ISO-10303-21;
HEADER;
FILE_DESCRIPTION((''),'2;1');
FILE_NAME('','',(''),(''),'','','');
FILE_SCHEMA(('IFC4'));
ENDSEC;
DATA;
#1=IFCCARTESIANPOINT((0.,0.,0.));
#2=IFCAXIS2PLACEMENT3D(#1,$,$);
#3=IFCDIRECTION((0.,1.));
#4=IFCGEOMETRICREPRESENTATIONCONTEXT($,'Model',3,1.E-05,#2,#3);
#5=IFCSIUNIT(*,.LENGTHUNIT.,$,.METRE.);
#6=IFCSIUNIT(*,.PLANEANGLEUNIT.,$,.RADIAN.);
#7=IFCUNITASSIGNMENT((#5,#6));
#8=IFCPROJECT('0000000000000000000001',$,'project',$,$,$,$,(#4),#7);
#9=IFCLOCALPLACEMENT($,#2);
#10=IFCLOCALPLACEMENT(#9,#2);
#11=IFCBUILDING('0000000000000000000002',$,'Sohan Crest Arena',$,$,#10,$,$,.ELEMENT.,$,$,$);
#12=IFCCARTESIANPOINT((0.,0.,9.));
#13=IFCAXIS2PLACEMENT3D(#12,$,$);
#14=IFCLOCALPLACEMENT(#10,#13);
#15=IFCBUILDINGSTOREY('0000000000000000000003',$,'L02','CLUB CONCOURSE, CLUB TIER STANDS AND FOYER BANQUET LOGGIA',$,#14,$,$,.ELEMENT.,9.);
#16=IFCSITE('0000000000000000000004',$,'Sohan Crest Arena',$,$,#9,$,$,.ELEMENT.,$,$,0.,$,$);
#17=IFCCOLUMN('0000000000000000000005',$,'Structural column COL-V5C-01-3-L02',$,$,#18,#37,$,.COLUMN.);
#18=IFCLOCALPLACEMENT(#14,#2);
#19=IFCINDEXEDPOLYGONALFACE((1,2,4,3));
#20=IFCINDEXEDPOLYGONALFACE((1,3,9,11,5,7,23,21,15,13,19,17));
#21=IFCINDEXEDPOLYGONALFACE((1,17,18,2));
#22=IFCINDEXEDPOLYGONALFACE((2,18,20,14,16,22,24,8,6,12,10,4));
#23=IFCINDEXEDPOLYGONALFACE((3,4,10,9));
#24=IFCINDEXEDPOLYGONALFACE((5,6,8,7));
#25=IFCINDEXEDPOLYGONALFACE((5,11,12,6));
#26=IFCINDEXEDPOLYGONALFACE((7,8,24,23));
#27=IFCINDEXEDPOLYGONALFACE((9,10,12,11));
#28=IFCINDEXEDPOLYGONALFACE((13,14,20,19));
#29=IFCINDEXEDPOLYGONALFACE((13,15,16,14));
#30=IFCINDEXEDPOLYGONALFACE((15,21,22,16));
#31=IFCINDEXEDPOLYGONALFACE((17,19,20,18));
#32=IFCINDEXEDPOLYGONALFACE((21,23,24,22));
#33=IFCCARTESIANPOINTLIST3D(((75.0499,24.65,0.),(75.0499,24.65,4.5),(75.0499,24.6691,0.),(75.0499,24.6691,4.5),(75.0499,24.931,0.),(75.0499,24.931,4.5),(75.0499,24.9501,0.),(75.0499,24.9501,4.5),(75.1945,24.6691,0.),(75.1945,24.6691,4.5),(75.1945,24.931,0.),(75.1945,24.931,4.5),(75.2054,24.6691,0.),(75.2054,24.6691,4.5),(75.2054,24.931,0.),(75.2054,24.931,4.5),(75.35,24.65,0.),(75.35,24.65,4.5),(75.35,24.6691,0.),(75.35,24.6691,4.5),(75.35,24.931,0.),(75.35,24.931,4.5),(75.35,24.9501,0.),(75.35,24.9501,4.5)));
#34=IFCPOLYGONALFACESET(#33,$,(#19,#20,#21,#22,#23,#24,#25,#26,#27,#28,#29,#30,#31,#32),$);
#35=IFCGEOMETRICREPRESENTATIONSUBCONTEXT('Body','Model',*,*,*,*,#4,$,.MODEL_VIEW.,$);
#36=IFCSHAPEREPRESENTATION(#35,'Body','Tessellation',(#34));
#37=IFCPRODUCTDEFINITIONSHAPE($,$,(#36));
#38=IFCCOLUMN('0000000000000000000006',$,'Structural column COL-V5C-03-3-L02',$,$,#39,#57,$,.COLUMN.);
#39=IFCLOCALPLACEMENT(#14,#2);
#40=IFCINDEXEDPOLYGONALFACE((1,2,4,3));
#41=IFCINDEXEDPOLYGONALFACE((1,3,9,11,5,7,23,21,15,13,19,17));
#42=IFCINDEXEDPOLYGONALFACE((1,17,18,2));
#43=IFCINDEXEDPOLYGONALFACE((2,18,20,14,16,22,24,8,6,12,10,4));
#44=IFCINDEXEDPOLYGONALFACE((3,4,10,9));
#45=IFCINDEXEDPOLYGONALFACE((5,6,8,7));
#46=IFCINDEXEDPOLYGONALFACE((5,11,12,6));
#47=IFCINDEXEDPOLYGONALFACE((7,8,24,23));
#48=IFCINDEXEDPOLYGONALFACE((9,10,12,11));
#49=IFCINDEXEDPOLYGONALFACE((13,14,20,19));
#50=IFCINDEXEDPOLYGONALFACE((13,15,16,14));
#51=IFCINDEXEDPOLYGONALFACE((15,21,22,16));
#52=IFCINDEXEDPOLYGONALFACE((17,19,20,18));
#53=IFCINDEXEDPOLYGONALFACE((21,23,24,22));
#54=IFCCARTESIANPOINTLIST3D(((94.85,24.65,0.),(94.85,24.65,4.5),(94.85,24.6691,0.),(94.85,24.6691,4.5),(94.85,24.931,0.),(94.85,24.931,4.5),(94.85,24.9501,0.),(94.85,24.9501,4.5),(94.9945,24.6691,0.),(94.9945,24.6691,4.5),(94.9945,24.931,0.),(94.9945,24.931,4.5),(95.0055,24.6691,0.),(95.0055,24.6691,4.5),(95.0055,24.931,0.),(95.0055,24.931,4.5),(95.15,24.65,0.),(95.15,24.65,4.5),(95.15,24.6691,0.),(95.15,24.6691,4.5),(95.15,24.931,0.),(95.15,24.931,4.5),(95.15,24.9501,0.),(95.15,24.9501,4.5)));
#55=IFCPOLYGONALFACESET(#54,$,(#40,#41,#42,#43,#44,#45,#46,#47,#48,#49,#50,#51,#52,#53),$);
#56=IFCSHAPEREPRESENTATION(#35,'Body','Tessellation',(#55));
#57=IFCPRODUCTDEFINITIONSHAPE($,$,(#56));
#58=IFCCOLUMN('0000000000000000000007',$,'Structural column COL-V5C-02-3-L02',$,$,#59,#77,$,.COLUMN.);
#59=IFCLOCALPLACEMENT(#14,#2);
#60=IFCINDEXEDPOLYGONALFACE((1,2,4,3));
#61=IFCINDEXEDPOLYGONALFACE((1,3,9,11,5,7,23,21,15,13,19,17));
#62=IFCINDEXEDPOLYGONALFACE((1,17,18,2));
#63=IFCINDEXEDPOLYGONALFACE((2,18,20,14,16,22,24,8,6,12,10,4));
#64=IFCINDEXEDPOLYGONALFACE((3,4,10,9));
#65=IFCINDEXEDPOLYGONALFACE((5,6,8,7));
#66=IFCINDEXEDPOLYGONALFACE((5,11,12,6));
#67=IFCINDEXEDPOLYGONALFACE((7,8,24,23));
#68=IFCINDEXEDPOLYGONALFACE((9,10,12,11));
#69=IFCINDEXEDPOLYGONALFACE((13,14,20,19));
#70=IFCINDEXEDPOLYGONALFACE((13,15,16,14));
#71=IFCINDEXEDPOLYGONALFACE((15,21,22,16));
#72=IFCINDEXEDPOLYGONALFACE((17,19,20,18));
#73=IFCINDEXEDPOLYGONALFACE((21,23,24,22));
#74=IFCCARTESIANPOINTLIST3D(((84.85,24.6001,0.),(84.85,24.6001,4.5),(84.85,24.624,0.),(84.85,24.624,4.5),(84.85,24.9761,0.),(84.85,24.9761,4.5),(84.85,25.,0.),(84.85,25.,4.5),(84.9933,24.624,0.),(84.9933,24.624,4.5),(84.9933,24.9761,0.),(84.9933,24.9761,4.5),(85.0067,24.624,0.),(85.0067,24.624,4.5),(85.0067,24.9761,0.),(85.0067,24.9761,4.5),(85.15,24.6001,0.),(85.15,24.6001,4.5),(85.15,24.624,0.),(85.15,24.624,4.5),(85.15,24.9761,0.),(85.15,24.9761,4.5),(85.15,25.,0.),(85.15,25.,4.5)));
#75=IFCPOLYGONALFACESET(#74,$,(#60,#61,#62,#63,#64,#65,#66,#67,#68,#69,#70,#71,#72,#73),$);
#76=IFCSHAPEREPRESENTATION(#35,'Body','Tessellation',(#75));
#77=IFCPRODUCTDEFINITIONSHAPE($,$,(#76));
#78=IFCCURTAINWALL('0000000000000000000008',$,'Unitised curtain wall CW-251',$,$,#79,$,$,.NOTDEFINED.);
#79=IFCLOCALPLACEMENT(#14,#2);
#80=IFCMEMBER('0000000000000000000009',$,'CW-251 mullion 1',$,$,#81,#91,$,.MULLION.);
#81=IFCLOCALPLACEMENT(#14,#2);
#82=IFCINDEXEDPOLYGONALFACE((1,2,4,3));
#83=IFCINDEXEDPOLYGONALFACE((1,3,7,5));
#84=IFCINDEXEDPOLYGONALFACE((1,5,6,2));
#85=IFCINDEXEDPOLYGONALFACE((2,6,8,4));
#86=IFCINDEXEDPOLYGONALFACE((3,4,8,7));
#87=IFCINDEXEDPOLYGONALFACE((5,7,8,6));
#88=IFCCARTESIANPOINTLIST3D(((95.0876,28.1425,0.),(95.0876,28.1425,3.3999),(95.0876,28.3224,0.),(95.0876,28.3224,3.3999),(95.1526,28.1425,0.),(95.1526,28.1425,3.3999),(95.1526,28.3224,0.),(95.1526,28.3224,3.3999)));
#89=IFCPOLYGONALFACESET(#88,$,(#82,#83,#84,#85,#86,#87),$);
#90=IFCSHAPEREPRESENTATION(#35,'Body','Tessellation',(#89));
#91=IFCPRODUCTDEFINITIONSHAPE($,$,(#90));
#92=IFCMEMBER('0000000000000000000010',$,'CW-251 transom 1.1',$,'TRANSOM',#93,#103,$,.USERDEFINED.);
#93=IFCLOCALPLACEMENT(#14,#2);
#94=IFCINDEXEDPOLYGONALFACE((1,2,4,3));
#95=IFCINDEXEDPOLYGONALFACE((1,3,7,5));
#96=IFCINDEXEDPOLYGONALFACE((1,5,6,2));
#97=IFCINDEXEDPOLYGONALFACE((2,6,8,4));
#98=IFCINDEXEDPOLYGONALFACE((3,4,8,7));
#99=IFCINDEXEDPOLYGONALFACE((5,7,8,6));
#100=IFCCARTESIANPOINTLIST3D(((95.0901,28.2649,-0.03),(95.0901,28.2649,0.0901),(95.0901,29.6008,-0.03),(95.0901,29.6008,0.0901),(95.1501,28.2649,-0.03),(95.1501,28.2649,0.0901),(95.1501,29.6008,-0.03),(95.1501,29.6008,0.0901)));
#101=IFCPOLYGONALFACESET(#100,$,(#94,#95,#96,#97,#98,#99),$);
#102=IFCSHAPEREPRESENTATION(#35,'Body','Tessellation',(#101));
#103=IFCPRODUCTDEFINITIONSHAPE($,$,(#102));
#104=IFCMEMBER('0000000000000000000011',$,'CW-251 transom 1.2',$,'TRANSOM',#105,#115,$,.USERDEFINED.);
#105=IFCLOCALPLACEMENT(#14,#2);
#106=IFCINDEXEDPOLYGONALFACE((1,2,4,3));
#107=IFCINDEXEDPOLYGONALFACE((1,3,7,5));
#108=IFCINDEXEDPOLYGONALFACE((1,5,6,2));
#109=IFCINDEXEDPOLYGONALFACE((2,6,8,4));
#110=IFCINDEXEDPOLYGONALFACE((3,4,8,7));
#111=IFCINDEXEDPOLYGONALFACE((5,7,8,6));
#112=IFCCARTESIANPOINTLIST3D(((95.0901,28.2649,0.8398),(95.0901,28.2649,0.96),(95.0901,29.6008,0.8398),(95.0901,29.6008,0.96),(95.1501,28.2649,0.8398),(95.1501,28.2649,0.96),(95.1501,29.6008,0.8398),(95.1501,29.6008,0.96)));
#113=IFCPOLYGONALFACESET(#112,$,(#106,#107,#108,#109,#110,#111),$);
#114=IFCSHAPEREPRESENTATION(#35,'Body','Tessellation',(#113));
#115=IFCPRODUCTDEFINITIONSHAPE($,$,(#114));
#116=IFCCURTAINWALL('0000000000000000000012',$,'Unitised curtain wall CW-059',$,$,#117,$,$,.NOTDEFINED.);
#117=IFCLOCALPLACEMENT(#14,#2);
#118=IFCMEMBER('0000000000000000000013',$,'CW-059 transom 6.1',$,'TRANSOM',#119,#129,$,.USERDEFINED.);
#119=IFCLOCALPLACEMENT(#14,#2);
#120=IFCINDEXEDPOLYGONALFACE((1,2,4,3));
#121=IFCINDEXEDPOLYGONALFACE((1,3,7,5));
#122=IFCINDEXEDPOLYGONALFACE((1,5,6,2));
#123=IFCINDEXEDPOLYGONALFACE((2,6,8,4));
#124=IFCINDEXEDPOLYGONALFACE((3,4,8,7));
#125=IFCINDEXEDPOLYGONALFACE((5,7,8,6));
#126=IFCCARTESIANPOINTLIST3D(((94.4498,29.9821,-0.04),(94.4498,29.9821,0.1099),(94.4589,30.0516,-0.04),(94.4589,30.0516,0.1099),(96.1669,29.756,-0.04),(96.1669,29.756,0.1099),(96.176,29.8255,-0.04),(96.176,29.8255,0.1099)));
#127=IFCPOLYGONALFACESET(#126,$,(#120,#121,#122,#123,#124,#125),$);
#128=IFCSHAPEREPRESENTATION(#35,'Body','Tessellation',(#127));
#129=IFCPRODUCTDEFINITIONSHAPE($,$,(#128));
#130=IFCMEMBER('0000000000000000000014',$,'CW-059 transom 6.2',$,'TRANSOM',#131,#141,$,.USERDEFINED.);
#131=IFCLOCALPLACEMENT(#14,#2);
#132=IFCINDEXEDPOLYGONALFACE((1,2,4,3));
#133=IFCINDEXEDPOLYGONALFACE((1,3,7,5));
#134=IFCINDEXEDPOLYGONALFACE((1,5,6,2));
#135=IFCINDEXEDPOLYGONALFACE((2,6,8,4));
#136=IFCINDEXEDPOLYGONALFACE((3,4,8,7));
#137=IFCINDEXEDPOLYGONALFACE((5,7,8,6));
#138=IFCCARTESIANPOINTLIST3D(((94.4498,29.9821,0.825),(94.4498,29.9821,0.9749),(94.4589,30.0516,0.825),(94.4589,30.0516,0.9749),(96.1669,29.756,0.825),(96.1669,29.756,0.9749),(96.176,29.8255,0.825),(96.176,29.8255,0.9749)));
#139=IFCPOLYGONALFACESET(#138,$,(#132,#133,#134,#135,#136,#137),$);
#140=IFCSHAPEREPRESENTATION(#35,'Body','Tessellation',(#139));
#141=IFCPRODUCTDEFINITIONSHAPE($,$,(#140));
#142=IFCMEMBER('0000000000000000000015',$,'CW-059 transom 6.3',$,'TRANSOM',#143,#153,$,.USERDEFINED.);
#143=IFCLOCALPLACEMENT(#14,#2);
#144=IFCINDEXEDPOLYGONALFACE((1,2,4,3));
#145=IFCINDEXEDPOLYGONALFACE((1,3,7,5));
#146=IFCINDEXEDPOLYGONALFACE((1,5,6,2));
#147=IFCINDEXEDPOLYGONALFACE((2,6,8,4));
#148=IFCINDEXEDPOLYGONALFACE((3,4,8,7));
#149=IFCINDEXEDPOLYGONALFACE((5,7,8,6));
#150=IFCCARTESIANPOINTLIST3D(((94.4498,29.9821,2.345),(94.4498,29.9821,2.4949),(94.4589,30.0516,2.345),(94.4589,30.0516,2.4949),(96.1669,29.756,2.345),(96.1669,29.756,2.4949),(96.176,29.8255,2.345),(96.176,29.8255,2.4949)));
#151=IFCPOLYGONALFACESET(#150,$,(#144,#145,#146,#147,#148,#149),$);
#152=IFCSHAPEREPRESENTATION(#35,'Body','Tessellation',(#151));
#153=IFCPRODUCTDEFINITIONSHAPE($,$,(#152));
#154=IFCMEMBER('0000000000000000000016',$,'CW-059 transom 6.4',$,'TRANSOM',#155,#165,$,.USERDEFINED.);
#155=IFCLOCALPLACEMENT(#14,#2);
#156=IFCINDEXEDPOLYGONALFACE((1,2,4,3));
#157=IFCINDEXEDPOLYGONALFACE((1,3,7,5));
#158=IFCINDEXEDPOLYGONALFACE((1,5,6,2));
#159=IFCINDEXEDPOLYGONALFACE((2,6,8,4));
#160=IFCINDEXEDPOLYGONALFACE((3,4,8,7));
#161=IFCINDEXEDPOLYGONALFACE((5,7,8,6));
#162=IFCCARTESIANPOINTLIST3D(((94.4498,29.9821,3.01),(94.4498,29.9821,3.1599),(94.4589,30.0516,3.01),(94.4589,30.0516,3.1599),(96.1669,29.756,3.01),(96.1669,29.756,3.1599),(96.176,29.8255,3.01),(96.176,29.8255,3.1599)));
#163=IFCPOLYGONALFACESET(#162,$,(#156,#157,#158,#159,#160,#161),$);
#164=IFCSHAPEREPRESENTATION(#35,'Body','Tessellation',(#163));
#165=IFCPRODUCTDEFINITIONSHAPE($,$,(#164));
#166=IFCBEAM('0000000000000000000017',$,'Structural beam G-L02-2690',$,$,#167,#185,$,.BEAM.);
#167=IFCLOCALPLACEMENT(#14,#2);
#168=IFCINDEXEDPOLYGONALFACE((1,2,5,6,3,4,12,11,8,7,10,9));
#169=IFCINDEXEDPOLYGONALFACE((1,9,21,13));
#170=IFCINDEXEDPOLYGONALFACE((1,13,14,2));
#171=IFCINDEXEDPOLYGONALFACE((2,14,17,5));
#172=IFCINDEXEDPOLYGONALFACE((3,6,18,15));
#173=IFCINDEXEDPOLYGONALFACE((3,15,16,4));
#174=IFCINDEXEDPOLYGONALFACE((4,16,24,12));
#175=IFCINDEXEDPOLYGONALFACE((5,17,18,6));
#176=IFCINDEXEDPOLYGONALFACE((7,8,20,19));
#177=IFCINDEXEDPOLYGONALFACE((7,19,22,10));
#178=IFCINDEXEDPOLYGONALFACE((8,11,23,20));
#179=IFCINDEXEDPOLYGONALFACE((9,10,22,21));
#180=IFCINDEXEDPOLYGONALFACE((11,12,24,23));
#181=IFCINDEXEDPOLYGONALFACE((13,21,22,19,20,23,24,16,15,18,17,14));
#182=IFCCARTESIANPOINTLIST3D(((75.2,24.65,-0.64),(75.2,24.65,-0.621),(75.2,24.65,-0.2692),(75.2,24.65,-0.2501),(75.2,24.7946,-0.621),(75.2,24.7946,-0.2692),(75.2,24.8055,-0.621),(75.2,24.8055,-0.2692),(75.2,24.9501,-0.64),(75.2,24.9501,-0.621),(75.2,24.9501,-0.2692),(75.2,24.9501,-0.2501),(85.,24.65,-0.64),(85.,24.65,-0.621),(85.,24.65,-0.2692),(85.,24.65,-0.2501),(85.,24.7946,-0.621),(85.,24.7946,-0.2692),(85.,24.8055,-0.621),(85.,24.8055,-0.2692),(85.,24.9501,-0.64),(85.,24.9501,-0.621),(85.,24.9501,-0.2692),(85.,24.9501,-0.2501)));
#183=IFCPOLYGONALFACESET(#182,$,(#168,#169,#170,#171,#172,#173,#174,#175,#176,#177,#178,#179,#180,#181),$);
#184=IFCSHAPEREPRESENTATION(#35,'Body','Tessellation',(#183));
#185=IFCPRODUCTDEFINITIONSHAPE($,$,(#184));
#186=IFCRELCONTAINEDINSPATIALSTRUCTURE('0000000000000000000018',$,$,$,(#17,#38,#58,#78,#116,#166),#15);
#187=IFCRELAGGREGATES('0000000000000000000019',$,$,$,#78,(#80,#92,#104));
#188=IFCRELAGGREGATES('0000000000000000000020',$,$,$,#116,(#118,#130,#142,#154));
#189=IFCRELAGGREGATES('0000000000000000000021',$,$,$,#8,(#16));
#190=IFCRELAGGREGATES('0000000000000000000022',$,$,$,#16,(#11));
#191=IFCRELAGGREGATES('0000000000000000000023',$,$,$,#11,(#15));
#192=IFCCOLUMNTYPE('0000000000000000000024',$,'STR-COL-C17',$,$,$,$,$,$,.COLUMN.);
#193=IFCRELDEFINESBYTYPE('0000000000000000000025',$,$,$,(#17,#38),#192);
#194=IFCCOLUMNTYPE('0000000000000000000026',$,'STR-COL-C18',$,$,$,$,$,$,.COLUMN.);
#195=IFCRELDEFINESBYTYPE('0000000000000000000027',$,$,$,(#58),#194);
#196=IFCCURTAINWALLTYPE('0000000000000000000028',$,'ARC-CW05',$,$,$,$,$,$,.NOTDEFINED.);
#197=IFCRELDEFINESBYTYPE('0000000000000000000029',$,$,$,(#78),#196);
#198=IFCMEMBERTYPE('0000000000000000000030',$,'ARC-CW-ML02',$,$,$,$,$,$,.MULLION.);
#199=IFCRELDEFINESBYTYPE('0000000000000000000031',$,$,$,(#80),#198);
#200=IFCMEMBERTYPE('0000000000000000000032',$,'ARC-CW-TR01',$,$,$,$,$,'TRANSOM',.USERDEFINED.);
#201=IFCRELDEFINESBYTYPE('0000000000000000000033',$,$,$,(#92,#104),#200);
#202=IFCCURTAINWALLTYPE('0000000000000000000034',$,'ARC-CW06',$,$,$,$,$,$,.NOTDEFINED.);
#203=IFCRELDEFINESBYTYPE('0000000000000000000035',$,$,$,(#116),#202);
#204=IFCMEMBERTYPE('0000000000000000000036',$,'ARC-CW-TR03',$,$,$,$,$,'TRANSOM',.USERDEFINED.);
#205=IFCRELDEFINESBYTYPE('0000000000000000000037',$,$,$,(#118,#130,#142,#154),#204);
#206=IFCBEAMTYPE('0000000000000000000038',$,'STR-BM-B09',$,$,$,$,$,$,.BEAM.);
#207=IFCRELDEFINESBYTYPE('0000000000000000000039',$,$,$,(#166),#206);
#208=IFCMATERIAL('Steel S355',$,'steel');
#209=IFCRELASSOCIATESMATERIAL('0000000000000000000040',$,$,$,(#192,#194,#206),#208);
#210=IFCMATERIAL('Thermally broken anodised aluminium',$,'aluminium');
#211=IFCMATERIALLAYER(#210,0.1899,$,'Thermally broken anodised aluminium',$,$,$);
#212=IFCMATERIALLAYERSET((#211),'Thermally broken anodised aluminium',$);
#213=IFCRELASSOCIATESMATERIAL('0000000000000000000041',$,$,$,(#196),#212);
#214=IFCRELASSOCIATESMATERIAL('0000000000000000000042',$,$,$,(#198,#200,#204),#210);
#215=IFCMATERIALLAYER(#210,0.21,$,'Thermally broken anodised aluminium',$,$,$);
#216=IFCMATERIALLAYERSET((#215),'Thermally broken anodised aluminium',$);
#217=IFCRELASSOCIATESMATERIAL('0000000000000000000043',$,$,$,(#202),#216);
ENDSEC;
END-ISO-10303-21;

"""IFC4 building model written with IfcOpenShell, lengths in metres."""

from ifc_helpers import new_model, si_unit, direction, frame, origin, origin_2d, place, context, subcontext, project, spatial, rectangle, i_section, extrude, material, layer, layer_set, material_profile, profile_set, type_object, element, aggregate, save


model = new_model("IFC4")

# Units and contexts
model_context = context("Model", 3, precision=1e-05, world=origin(), true_north=direction((0.0, 1.0)))
body_context = subcontext(model_context, "Body", "Model", "MODEL_VIEW")
ifc_project = project(units=[si_unit("LENGTHUNIT", "METRE"), si_unit("PLANEANGLEUNIT", "RADIAN")], contexts=[model_context])

# Site, building, storey
site_placement = place(None, origin())
site = spatial("IfcSite", under=ifc_project, at=site_placement, Name="Sohan Crest Arena", CompositionType="ELEMENT", RefElevation=0.0)
building_placement = place(site_placement, origin())
building = spatial("IfcBuilding", under=site, at=building_placement, Name="Sohan Crest Arena", CompositionType="ELEMENT")
storey_placement = place(building_placement, frame((0.0, 0.0, 9.0)))
storey = spatial("IfcBuildingStorey", under=building, at=storey_placement, Name="L02", Description="CLUB CONCOURSE, CLUB TIER STANDS AND FOYER BANQUET LOGGIA", CompositionType="ELEMENT", Elevation=9.0)

# Columns
ifc_material_1 = material(Name="Steel S355", Category="steel")
ifc_material_profile_1 = material_profile(ifc_material_1, i_section(OverallWidth=0.3, OverallDepth=0.3, WebThickness=0.011, FlangeThickness=0.019, at=origin_2d()), Name="HEB 300")
ifc_profile_set_1 = profile_set([ifc_material_profile_1], Name="Steel S355")
column_type_1 = type_object("IfcColumnType", Name="STR-COL-C17", PredefinedType="COLUMN", material=ifc_profile_set_1)
for number, where, z_axis, x_axis, name in (
    (1, (75.2, 24.8, 0.0), (0.0, 0.0, 1.0), (1.0, 0.0, 0.0), "Structural column COL-V5C-01-3-L02"),
    (2, (95.0, 24.8, 0.0), (0.0, 0.0, 1.0), (1.0, 0.0, 0.0), "Structural column COL-V5C-03-3-L02"),
):
    element("IfcColumn", number, at=place(storey_placement, frame(where, z_axis=z_axis, x_axis=x_axis)), inside=storey, type_object=column_type_1, Name=name, PredefinedType="COLUMN", context=body_context, shape_type="SweptSolid", body=[
        extrude(i_section(OverallWidth=0.3, OverallDepth=0.3, WebThickness=0.011, FlangeThickness=0.019, at=origin_2d()), origin(), (0.0, 0.0, 1.0), 4.5),
    ])
ifc_material_profile_2 = material_profile(ifc_material_1, i_section(OverallWidth=0.3, OverallDepth=0.3999, WebThickness=0.0134, FlangeThickness=0.0239, at=origin_2d()), Name="HEB 400")
ifc_profile_set_2 = profile_set([ifc_material_profile_2], Name="Steel S355")
column_type_2 = type_object("IfcColumnType", Name="STR-COL-C18", PredefinedType="COLUMN", material=ifc_profile_set_2)
column_placement = place(storey_placement, frame((85.0, 24.8, 0.0), z_axis=(0.0, 0.0, 1.0), x_axis=(1.0, 0.0, 0.0)))
element("IfcColumn", 3, at=column_placement, inside=storey, type_object=column_type_2, Name="Structural column COL-V5C-02-3-L02", PredefinedType="COLUMN", context=body_context, shape_type="SweptSolid", body=[
    extrude(i_section(OverallWidth=0.3, OverallDepth=0.3999, WebThickness=0.0134, FlangeThickness=0.0239, at=origin_2d()), origin(), (0.0, 0.0, 1.0), 4.5),
])

# Curtain walls, members
ifc_material_2 = material(Name="Thermally broken anodised aluminium", Category="aluminium")
ifc_layer_1 = layer(ifc_material_2, 0.1899, Name="Thermally broken anodised aluminium")
ifc_layer_set_1 = layer_set([ifc_layer_1], Name="Thermally broken anodised aluminium")
curtain_wall_type_1 = type_object("IfcCurtainWallType", Name="ARC-CW05", PredefinedType="NOTDEFINED", material=ifc_layer_set_1)
curtain_wall_1_placement = place(storey_placement, origin())
curtain_wall_1 = element("IfcCurtainWall", 4, at=curtain_wall_1_placement, inside=storey, type_object=curtain_wall_type_1, Name="Unitised curtain wall CW-251", PredefinedType="NOTDEFINED")
ifc_material_profile_3 = material_profile(ifc_material_2, rectangle(XDim=0.0649, YDim=0.1799, at=origin_2d()), Name="ALU-MULL 65x180")
ifc_profile_set_3 = profile_set([ifc_material_profile_3], Name="Thermally broken anodised aluminium")
member_type_1 = type_object("IfcMemberType", Name="ARC-CW-ML02", PredefinedType="MULLION", material=ifc_profile_set_3)
member_1_placement = place(storey_placement, frame((95.1201, 28.2324, 0.0), z_axis=(0.0, 0.0, 1.0), x_axis=(-1.0, 0.0, 0.0)))
member_1 = element("IfcMember", 5, at=member_1_placement, type_object=member_type_1, Name="CW-251 mullion 1", PredefinedType="MULLION", context=body_context, shape_type="SweptSolid", body=[
    extrude(rectangle(XDim=0.0649, YDim=0.1799, at=origin_2d()), origin(), (0.0, 0.0, 1.0), 3.3999),
])
ifc_material_profile_4 = material_profile(ifc_material_2, rectangle(XDim=0.0601, YDim=0.1201, at=origin_2d()), Name="ALU-TRAN 60x120")
ifc_profile_set_4 = profile_set([ifc_material_profile_4], Name="Thermally broken anodised aluminium")
member_type_2 = type_object("IfcMemberType", Name="ARC-CW-TR01", ElementType="TRANSOM", PredefinedType="USERDEFINED", material=ifc_profile_set_4)
member_2_placement = place(storey_placement, frame((95.1201, 28.2649, 0.03), z_axis=(0.0, 1.0, 0.0), x_axis=(-1.0, 0.0, 0.0)))
member_2 = element("IfcMember", 6, at=member_2_placement, type_object=member_type_2, Name="CW-251 transom 1.1", ObjectType="TRANSOM", PredefinedType="USERDEFINED", context=body_context, shape_type="SweptSolid", body=[
    extrude(rectangle(XDim=0.0601, YDim=0.1201, at=origin_2d()), origin(), (0.0, 0.0, 1.0), 1.3359),
])
member_3_placement = place(storey_placement, frame((95.1201, 28.2649, 0.8999), z_axis=(0.0, 1.0, 0.0), x_axis=(-1.0, 0.0, 0.0)))
member_3 = element("IfcMember", 7, at=member_3_placement, type_object=member_type_2, Name="CW-251 transom 1.2", ObjectType="TRANSOM", PredefinedType="USERDEFINED", context=body_context, shape_type="SweptSolid", body=[
    extrude(rectangle(XDim=0.0601, YDim=0.1201, at=origin_2d()), origin(), (0.0, 0.0, 1.0), 1.3359),
])
aggregate(curtain_wall_1, [member_1, member_2, member_3])
ifc_layer_2 = layer(ifc_material_2, 0.21, Name="Thermally broken anodised aluminium")
ifc_layer_set_2 = layer_set([ifc_layer_2], Name="Thermally broken anodised aluminium")
curtain_wall_type_2 = type_object("IfcCurtainWallType", Name="ARC-CW06", PredefinedType="NOTDEFINED", material=ifc_layer_set_2)
curtain_wall_2_placement = place(storey_placement, origin())
curtain_wall_2 = element("IfcCurtainWall", 8, at=curtain_wall_2_placement, inside=storey, type_object=curtain_wall_type_2, Name="Unitised curtain wall CW-059", PredefinedType="NOTDEFINED")
ifc_material_profile_5 = material_profile(ifc_material_2, rectangle(XDim=0.0701, YDim=0.1499, at=origin_2d()), Name="ALU-TRAN 70x150")
ifc_profile_set_5 = profile_set([ifc_material_profile_5], Name="Thermally broken anodised aluminium")
member_type_3 = type_object("IfcMemberType", Name="ARC-CW-TR03", ElementType="TRANSOM", PredefinedType="USERDEFINED", material=ifc_profile_set_5)
member_4_placement = place(storey_placement, frame((94.4543, 30.0168, 0.0349), z_axis=(0.991443, -0.130538, 0.0), x_axis=(0.130538, 0.991443, 0.0)))
member_4 = element("IfcMember", 9, at=member_4_placement, type_object=member_type_3, Name="CW-059 transom 6.1", ObjectType="TRANSOM", PredefinedType="USERDEFINED", context=body_context, shape_type="SweptSolid", body=[
    extrude(rectangle(XDim=0.0701, YDim=0.1499, at=origin_2d()), origin(), (0.0, 0.0, 1.0), 1.7319),
])
member_5_placement = place(storey_placement, frame((94.4543, 30.0168, 0.8999), z_axis=(0.991443, -0.130538, 0.0), x_axis=(0.130538, 0.991443, 0.0)))
member_5 = element("IfcMember", 10, at=member_5_placement, type_object=member_type_3, Name="CW-059 transom 6.2", ObjectType="TRANSOM", PredefinedType="USERDEFINED", context=body_context, shape_type="SweptSolid", body=[
    extrude(rectangle(XDim=0.0701, YDim=0.1499, at=origin_2d()), origin(), (0.0, 0.0, 1.0), 1.7319),
])
member_6_placement = place(storey_placement, frame((94.4543, 30.0168, 2.4199), z_axis=(0.991443, -0.130538, 0.0), x_axis=(0.130538, 0.991443, 0.0)))
member_6 = element("IfcMember", 11, at=member_6_placement, type_object=member_type_3, Name="CW-059 transom 6.3", ObjectType="TRANSOM", PredefinedType="USERDEFINED", context=body_context, shape_type="SweptSolid", body=[
    extrude(rectangle(XDim=0.0701, YDim=0.1499, at=origin_2d()), origin(), (0.0, 0.0, 1.0), 1.7319),
])
member_7_placement = place(storey_placement, frame((94.4543, 30.0168, 3.085), z_axis=(0.991443, -0.130538, 0.0), x_axis=(0.130538, 0.991443, 0.0)))
member_7 = element("IfcMember", 12, at=member_7_placement, type_object=member_type_3, Name="CW-059 transom 6.4", ObjectType="TRANSOM", PredefinedType="USERDEFINED", context=body_context, shape_type="SweptSolid", body=[
    extrude(rectangle(XDim=0.0701, YDim=0.1499, at=origin_2d()), origin(), (0.0, 0.0, 1.0), 1.7319),
])
aggregate(curtain_wall_2, [member_4, member_5, member_6, member_7])

# Beam
ifc_material_profile_6 = material_profile(ifc_material_1, i_section(OverallWidth=0.3, OverallDepth=0.3899, WebThickness=0.011, FlangeThickness=0.019, at=origin_2d()), Name="HEA 400")
ifc_profile_set_6 = profile_set([ifc_material_profile_6], Name="Steel S355")
beam_type_1 = type_object("IfcBeamType", Name="STR-BM-B09", PredefinedType="BEAM", material=ifc_profile_set_6)
beam_1_placement = place(storey_placement, frame((75.2, 24.8, -0.4451), z_axis=(1.0, 0.0, 0.0), x_axis=(0.0, 1.0, 0.0)))
element("IfcBeam", 13, at=beam_1_placement, inside=storey, type_object=beam_type_1, Name="Structural beam G-L02-2690", PredefinedType="BEAM", context=body_context, shape_type="SweptSolid", body=[
    extrude(i_section(OverallWidth=0.3, OverallDepth=0.3899, WebThickness=0.011, FlangeThickness=0.019, at=origin_2d()), origin(), (0.0, 0.0, 1.0), 9.8),
])

save(model, "model.ifc")
